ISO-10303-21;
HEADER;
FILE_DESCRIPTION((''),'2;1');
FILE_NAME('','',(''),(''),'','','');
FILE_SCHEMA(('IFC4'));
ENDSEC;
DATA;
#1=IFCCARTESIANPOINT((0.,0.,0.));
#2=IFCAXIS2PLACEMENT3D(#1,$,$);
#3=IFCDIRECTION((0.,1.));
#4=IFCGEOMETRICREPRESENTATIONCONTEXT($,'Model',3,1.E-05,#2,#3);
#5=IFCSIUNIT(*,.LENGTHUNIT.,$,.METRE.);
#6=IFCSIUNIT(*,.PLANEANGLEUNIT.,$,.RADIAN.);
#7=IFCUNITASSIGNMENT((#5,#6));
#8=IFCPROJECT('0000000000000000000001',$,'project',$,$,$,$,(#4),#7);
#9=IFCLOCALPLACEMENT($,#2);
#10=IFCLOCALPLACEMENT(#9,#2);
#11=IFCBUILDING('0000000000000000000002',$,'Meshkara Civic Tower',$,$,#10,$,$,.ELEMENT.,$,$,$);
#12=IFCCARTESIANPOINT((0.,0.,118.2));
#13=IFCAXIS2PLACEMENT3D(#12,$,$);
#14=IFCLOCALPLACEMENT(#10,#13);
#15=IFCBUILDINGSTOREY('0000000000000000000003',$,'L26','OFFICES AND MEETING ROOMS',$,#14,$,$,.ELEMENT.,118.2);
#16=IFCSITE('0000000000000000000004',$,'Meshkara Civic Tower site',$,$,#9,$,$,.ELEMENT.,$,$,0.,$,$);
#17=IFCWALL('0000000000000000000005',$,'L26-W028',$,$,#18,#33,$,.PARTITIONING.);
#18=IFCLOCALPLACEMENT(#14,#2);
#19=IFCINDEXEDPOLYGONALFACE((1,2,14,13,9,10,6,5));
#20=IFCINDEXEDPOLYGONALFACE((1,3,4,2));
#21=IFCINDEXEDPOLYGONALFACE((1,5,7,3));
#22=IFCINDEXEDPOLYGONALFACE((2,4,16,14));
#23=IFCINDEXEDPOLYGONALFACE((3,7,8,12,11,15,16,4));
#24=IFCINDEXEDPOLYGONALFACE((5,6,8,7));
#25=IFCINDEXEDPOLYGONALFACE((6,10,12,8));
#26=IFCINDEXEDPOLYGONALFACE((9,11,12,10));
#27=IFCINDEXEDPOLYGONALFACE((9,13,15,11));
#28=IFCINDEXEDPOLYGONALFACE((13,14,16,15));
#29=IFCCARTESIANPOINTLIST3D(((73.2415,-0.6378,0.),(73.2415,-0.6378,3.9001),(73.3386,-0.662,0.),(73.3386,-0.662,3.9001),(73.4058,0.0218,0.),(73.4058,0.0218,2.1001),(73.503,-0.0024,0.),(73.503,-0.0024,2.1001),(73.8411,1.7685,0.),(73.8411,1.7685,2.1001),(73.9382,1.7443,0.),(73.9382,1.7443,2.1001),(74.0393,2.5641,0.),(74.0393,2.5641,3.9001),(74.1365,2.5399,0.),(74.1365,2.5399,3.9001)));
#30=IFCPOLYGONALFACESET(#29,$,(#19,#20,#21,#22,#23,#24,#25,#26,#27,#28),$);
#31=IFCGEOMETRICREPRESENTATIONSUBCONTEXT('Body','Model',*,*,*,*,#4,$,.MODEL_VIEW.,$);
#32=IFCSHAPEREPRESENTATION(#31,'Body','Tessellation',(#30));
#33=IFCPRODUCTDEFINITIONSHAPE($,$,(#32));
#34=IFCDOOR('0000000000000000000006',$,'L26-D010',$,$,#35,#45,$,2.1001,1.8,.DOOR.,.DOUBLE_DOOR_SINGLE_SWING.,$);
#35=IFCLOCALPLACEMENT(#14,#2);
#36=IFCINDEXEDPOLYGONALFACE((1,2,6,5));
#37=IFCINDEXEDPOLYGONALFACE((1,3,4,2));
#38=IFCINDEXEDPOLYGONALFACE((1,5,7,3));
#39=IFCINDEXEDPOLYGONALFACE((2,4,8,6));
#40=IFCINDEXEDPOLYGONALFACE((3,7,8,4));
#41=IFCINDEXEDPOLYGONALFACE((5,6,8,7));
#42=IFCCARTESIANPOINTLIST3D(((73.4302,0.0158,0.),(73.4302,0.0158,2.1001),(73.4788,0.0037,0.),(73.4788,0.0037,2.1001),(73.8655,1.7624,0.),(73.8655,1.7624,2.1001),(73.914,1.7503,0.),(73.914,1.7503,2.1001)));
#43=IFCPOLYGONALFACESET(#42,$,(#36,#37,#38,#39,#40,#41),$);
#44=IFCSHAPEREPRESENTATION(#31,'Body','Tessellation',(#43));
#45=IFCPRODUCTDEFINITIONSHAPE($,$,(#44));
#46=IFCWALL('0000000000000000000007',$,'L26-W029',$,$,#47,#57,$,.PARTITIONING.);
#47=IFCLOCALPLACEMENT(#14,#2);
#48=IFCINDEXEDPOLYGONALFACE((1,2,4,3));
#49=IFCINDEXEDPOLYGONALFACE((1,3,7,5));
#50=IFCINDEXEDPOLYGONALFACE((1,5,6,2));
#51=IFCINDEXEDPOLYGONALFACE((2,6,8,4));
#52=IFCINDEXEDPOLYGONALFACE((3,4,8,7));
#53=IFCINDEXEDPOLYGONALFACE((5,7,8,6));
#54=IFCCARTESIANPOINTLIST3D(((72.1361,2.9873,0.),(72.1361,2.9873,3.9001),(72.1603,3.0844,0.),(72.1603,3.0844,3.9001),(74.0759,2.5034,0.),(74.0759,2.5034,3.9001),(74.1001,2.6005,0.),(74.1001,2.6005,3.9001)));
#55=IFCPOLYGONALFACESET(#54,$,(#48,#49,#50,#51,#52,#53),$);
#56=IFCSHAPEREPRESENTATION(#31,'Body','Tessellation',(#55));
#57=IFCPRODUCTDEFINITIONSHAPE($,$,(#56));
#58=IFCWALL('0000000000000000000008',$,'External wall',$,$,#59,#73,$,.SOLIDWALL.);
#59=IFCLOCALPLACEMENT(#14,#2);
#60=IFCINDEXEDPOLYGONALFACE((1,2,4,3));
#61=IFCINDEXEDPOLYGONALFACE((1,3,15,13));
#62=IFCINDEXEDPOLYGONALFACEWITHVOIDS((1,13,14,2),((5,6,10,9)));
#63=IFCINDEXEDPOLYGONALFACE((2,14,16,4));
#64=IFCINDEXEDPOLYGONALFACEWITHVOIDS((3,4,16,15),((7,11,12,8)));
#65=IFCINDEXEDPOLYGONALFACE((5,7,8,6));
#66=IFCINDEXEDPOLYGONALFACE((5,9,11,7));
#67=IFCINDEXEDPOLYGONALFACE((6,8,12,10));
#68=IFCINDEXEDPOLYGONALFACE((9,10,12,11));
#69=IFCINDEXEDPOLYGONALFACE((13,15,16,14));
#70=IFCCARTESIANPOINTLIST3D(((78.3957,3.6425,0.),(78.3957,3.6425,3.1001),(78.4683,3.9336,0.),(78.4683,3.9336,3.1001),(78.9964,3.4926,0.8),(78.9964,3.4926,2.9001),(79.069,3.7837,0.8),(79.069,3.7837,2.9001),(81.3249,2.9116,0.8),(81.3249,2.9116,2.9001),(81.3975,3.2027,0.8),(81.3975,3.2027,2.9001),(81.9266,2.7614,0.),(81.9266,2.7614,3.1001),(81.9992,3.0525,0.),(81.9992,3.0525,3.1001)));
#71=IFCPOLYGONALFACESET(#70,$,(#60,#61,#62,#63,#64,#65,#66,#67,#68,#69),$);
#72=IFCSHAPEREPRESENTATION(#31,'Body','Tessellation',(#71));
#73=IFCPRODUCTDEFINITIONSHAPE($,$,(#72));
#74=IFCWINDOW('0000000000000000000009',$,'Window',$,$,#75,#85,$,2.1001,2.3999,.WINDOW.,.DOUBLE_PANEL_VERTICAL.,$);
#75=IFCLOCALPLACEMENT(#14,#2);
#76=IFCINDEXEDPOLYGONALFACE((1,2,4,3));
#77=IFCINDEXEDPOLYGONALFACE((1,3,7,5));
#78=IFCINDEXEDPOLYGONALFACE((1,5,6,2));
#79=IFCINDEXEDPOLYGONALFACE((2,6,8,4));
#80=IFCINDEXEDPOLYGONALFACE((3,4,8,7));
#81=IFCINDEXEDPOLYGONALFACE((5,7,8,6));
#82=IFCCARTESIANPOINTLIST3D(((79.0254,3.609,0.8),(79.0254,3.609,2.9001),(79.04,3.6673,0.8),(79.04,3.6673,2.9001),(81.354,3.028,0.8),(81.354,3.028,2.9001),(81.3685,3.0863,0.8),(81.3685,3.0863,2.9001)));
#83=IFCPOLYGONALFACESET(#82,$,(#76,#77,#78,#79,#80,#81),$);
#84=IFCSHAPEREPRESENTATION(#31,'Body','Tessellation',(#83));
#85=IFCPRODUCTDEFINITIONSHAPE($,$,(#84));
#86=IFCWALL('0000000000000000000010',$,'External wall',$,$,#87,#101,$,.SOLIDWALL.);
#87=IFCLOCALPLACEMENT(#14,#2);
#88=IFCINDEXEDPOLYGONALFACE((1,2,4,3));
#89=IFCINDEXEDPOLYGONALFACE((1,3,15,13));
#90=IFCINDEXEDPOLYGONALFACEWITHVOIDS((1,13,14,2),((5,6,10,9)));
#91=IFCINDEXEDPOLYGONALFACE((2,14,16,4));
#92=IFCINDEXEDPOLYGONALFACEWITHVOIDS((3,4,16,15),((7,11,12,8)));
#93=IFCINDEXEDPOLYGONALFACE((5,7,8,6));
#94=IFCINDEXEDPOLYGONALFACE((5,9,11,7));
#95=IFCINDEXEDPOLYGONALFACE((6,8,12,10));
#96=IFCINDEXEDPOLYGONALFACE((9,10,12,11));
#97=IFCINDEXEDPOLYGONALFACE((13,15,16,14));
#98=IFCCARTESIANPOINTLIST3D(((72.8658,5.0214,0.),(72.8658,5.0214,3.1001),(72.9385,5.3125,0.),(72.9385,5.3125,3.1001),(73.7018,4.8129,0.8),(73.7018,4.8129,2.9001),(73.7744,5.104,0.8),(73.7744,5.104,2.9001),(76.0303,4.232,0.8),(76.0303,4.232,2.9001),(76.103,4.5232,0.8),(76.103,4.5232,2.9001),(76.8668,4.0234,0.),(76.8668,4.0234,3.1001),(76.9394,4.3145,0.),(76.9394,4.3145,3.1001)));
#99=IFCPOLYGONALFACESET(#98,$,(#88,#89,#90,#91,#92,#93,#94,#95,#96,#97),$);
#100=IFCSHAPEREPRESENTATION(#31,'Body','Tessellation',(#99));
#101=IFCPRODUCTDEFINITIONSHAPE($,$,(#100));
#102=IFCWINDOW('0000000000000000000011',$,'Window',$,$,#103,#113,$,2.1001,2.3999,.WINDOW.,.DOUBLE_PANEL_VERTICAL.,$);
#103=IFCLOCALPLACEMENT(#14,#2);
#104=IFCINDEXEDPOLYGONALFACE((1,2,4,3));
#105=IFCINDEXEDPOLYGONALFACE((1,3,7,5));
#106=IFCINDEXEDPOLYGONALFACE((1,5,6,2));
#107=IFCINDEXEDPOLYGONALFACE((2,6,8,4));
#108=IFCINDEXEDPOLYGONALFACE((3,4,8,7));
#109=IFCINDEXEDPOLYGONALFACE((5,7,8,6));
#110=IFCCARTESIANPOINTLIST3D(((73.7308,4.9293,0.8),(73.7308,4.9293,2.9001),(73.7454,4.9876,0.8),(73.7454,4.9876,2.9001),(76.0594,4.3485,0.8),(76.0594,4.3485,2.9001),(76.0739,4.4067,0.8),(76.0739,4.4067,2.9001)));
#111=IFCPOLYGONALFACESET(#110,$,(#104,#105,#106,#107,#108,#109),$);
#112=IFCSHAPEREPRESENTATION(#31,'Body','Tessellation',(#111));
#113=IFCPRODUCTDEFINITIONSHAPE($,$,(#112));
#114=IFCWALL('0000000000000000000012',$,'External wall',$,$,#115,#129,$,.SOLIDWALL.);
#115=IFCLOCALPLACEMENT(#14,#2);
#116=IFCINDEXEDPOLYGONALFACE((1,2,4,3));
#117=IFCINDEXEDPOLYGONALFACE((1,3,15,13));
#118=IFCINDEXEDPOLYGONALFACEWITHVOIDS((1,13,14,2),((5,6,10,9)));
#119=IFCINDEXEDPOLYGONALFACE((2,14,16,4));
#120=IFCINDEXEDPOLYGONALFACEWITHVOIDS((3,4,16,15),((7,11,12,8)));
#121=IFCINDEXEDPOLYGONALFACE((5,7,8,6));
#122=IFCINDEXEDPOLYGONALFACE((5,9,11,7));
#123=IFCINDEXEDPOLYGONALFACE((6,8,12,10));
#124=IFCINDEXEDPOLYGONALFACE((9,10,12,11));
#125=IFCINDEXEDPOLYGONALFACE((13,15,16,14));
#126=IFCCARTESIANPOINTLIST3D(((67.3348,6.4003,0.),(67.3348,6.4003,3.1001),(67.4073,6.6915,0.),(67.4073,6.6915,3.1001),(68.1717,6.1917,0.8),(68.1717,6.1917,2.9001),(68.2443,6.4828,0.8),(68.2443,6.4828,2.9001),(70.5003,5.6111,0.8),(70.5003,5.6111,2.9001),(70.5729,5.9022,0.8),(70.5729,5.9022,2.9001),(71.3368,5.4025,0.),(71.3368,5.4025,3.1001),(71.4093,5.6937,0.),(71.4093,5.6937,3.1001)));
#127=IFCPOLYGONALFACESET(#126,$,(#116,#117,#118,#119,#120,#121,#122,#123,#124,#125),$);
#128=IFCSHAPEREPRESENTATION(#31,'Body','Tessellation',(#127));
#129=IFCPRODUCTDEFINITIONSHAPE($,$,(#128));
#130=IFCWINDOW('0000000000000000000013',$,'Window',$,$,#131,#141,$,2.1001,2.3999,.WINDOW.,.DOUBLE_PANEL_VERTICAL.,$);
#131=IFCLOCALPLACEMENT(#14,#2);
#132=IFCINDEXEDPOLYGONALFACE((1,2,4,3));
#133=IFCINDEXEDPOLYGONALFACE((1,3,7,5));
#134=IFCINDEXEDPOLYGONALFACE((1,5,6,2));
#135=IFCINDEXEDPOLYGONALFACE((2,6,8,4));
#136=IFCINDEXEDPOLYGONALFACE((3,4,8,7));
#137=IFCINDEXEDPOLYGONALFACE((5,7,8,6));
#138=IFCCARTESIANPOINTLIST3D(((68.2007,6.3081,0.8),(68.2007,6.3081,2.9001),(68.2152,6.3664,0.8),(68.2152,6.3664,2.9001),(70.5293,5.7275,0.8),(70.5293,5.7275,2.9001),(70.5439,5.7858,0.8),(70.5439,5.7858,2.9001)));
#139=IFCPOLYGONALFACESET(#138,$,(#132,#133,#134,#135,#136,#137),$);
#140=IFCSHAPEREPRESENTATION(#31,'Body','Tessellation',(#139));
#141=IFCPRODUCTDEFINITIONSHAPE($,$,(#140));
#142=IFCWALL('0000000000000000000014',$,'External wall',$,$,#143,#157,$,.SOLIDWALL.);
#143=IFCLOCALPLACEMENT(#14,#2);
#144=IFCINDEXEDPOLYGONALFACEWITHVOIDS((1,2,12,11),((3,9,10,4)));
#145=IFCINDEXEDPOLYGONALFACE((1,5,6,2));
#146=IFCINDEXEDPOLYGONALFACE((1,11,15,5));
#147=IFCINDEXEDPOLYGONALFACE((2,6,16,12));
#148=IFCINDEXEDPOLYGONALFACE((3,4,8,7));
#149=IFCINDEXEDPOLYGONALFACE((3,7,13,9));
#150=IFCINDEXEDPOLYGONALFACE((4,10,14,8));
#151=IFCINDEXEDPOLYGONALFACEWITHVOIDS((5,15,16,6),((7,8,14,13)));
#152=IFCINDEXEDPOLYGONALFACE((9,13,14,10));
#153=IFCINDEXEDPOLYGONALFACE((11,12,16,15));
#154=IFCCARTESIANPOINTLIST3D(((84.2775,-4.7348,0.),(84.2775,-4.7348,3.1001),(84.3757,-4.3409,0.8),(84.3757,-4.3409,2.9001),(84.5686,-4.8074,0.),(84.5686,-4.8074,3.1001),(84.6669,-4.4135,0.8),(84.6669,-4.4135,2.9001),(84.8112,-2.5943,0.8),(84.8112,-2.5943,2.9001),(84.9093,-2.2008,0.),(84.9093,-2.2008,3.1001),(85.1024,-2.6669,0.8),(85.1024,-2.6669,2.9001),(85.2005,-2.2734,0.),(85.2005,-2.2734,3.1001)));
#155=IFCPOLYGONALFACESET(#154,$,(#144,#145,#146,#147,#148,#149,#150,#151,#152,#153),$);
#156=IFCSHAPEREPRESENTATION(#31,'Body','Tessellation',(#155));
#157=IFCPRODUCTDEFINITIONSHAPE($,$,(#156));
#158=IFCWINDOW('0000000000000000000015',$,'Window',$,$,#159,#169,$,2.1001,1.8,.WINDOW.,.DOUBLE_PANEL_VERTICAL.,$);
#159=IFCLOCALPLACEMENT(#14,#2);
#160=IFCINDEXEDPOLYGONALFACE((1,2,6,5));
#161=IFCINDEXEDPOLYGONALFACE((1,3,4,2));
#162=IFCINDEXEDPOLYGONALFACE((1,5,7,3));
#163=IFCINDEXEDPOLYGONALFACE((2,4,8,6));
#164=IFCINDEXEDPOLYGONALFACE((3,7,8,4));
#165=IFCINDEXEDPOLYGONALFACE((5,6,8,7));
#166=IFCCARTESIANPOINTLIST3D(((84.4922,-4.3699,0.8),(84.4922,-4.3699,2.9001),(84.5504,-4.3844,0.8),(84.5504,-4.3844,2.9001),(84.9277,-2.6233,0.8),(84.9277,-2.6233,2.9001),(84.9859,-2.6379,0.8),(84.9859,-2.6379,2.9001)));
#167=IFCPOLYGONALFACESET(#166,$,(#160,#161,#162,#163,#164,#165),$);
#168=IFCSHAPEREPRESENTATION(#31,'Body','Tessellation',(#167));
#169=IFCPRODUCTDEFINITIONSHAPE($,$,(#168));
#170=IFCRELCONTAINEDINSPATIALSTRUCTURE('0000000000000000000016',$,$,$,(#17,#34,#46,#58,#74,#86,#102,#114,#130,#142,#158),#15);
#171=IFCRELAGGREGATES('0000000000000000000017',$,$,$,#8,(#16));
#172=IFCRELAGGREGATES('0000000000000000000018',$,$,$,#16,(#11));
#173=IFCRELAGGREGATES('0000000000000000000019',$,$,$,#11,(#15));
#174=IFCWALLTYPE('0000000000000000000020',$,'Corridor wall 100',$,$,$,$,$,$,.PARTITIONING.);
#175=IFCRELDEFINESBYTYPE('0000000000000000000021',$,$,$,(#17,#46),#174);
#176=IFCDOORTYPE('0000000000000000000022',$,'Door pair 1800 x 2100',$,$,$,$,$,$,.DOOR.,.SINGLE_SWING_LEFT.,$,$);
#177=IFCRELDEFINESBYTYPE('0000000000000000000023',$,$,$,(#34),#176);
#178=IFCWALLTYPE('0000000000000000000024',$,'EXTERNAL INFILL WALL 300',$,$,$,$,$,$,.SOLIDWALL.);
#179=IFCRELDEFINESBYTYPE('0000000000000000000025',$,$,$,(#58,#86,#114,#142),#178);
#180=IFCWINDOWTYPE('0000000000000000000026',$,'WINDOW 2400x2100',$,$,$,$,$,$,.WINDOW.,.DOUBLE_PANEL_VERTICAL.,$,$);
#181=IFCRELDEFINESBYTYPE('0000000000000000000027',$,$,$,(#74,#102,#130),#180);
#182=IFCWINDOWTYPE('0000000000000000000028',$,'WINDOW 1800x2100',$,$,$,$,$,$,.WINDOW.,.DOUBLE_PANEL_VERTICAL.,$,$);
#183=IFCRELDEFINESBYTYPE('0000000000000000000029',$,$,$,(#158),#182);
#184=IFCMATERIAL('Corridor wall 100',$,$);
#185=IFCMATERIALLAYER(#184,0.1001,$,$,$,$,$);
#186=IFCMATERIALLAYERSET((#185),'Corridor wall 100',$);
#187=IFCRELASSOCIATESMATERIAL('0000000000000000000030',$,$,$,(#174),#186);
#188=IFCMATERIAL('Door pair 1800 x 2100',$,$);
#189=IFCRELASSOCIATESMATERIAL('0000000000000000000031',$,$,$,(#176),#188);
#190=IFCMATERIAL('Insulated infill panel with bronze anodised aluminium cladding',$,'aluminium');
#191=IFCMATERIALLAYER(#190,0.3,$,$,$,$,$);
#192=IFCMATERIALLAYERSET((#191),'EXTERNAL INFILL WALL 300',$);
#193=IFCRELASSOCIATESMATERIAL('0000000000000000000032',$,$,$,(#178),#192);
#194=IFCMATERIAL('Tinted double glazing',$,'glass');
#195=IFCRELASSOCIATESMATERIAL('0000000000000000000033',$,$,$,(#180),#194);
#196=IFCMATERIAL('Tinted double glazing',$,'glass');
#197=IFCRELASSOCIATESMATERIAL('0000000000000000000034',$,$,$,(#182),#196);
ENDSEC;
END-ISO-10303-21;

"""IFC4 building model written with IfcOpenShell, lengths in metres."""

from ifc_helpers import new_model, si_unit, direction, frame, frame_2d, origin, place, context, subcontext, project, spatial, rectangle, extrude, material, layer, layer_set, type_object, element, fill, save


model = new_model("IFC4")

# Units and contexts
model_context = context("Model", 3, precision=1e-05, world=origin(), true_north=direction((0.0, 1.0)))
body_context = subcontext(model_context, "Body", "Model", "MODEL_VIEW")
ifc_project = project(units=[si_unit("LENGTHUNIT", "METRE"), si_unit("PLANEANGLEUNIT", "RADIAN")], contexts=[model_context])

# Site, building, storey
site_placement = place(None, origin())
site = spatial("IfcSite", under=ifc_project, at=site_placement, Name="Meshkara Civic Tower site", CompositionType="ELEMENT", RefElevation=0.0)
building_placement = place(site_placement, origin())
building = spatial("IfcBuilding", under=site, at=building_placement, Name="Meshkara Civic Tower", CompositionType="ELEMENT")
storey_placement = place(building_placement, frame((0.0, 0.0, 118.2)))
storey = spatial("IfcBuildingStorey", under=building, at=storey_placement, Name="L26", Description="OFFICES AND MEETING ROOMS", CompositionType="ELEMENT", Elevation=118.2)

# Wall, opening, door
ifc_material_1 = material(Name="Corridor wall 100")
ifc_layer_1 = layer(ifc_material_1, 0.1001)
ifc_layer_set_1 = layer_set([ifc_layer_1], Name="Corridor wall 100")
wall_type_1 = type_object("IfcWallType", Name="Corridor wall 100", PredefinedType="PARTITIONING", material=ifc_layer_set_1)
wall_1_placement = place(storey_placement, frame((73.29, -0.6499, 0.0), z_axis=(0.0, 0.0, 1.0), x_axis=(0.241787, 0.970329, 0.0)))
wall_1 = element("IfcWall", 1, at=wall_1_placement, inside=storey, type_object=wall_type_1, Name="L26-W028", PredefinedType="PARTITIONING", context=body_context, shape_type="SweptSolid", body=[
    extrude(rectangle(XDim=3.2998, YDim=0.1001, at=frame_2d((1.6499, 0.0))), origin(), (0.0, 0.0, 1.0), 3.9001),
])
opening_1_placement = place(wall_1_placement, frame((0.6799, 0.0, 0.0)))
opening_1 = element("IfcOpeningElement", 2, at=opening_1_placement, cuts=wall_1, PredefinedType="OPENING", context=body_context, shape_type="SweptSolid", body=[
    extrude(rectangle(XDim=1.8, YDim=2.1001, at=frame_2d((0.8999, 1.05))), frame((0.0, 0.0601, 0.0), z_axis=(0.0, -1.0, 0.0), x_axis=(1.0, 0.0, 0.0)), (0.0, 0.0, 1.0), 0.1201),
])
ifc_material_2 = material(Name="Door pair 1800 x 2100")
door_type_1 = type_object("IfcDoorType", Name="Door pair 1800 x 2100", OperationType="SINGLE_SWING_LEFT", PredefinedType="DOOR", material=ifc_material_2)
door_1_placement = place(opening_1_placement, origin())
door_1 = element("IfcDoor", 3, at=door_1_placement, inside=storey, type_object=door_type_1, Name="L26-D010", OperationType="DOUBLE_DOOR_SINGLE_SWING", OverallHeight=2.1001, OverallWidth=1.8, PredefinedType="DOOR", context=body_context, shape_type="SweptSolid", body=[
    extrude(rectangle(XDim=1.8, YDim=2.1001, at=frame_2d((0.8999, 1.05))), frame((0.0, 0.0249, 0.0), z_axis=(0.0, -1.0, 0.0), x_axis=(1.0, 0.0, 0.0)), (0.0, 0.0, 1.0), 0.05),
])
fill(opening_1, door_1)

# Wall
wall_2_placement = place(storey_placement, frame((74.0879, 2.552, 0.0), z_axis=(0.0, 0.0, 1.0), x_axis=(-0.970272, 0.242018, 0.0)))
element("IfcWall", 4, at=wall_2_placement, inside=storey, type_object=wall_type_1, Name="L26-W029", PredefinedType="PARTITIONING", context=body_context, shape_type="SweptSolid", body=[
    extrude(rectangle(XDim=1.9993, YDim=0.1001, at=frame_2d((0.9995, 0.0))), origin(), (0.0, 0.0, 1.0), 3.9001),
])

# Walls, openings, windows
ifc_material_3 = material(Name="Insulated infill panel with bronze anodised aluminium cladding", Category="aluminium")
ifc_layer_2 = layer(ifc_material_3, 0.3)
ifc_layer_set_2 = layer_set([ifc_layer_2], Name="EXTERNAL INFILL WALL 300")
wall_type_2 = type_object("IfcWallType", Name="EXTERNAL INFILL WALL 300", PredefinedType="SOLIDWALL", material=ifc_layer_set_2)
wall_3_placement = place(storey_placement, frame((81.9629, 2.907, 0.0), z_axis=(0.0, 0.0, 1.0), x_axis=(-0.970249, 0.242109, 0.0)))
wall_3 = element("IfcWall", 5, at=wall_3_placement, inside=storey, type_object=wall_type_2, Name="External wall", PredefinedType="SOLIDWALL", context=body_context, shape_type="SweptSolid", body=[
    extrude(rectangle(XDim=3.6392, YDim=0.3, at=frame_2d((1.8196, 0.0))), origin(), (0.0, 0.0, 1.0), 3.1001),
])
opening_2_placement = place(wall_3_placement, frame((0.6201, 0.0, 0.8)))
opening_2 = element("IfcOpeningElement", 6, at=opening_2_placement, cuts=wall_3, PredefinedType="OPENING", context=body_context, shape_type="SweptSolid", body=[
    extrude(rectangle(XDim=2.3999, YDim=2.1001, at=frame_2d((1.2, 1.05))), frame((0.0, 0.1599, 0.0), z_axis=(0.0, -1.0, 0.0), x_axis=(1.0, 0.0, 0.0)), (0.0, 0.0, 1.0), 0.3201),
])
ifc_material_4 = material(Name="Tinted double glazing", Category="glass")
window_type_1 = type_object("IfcWindowType", Name="WINDOW 2400x2100", PartitioningType="DOUBLE_PANEL_VERTICAL", PredefinedType="WINDOW", material=ifc_material_4)
window_1_placement = place(opening_2_placement, origin())
window_1 = element("IfcWindow", 7, at=window_1_placement, inside=storey, type_object=window_type_1, Name="Window", OverallHeight=2.1001, OverallWidth=2.3999, PartitioningType="DOUBLE_PANEL_VERTICAL", PredefinedType="WINDOW", context=body_context, shape_type="SweptSolid", body=[
    extrude(rectangle(XDim=2.3999, YDim=2.1001, at=frame_2d((1.2, 1.05))), frame((0.0, 0.03, 0.0), z_axis=(0.0, -1.0, 0.0), x_axis=(1.0, 0.0, 0.0)), (0.0, 0.0, 1.0), 0.0601),
])
fill(opening_2, window_1)
wall_4_placement = place(storey_placement, frame((76.9031, 4.1689, 0.0), z_axis=(0.0, 0.0, 1.0), x_axis=(-0.970268, 0.242034, 0.0)))
wall_4 = element("IfcWall", 8, at=wall_4_placement, inside=storey, type_object=wall_type_2, Name="External wall", PredefinedType="SOLIDWALL", context=body_context, shape_type="SweptSolid", body=[
    extrude(rectangle(XDim=4.1235, YDim=0.3, at=frame_2d((2.0618, 0.0))), origin(), (0.0, 0.0, 1.0), 3.1001),
])
opening_3_placement = place(wall_4_placement, frame((0.8621, 0.0, 0.8)))
opening_3 = element("IfcOpeningElement", 9, at=opening_3_placement, cuts=wall_4, PredefinedType="OPENING", context=body_context, shape_type="SweptSolid", body=[
    extrude(rectangle(XDim=2.3999, YDim=2.1001, at=frame_2d((1.2, 1.05))), frame((0.0, 0.1599, 0.0), z_axis=(0.0, -1.0, 0.0), x_axis=(1.0, 0.0, 0.0)), (0.0, 0.0, 1.0), 0.3201),
])
window_2_placement = place(opening_3_placement, origin())
window_2 = element("IfcWindow", 10, at=window_2_placement, inside=storey, type_object=window_type_1, Name="Window", OverallHeight=2.1001, OverallWidth=2.3999, PartitioningType="DOUBLE_PANEL_VERTICAL", PredefinedType="WINDOW", context=body_context, shape_type="SweptSolid", body=[
    extrude(rectangle(XDim=2.3999, YDim=2.1001, at=frame_2d((1.2, 1.05))), frame((0.0, 0.03, 0.0), z_axis=(0.0, -1.0, 0.0), x_axis=(1.0, 0.0, 0.0)), (0.0, 0.0, 1.0), 0.0601),
])
fill(opening_3, window_2)
wall_5_placement = place(storey_placement, frame((71.373, 5.5481, 0.0), z_axis=(0.0, 0.0, 1.0), x_axis=(-0.970296, 0.241923, 0.0)))
wall_5 = element("IfcWall", 11, at=wall_5_placement, inside=storey, type_object=wall_type_2, Name="External wall", PredefinedType="SOLIDWALL", context=body_context, shape_type="SweptSolid", body=[
    extrude(rectangle(XDim=4.1245, YDim=0.3, at=frame_2d((2.0623, 0.0))), origin(), (0.0, 0.0, 1.0), 3.1001),
])
opening_4_placement = place(wall_5_placement, frame((0.8621, 0.0, 0.8)))
opening_4 = element("IfcOpeningElement", 12, at=opening_4_placement, cuts=wall_5, PredefinedType="OPENING", context=body_context, shape_type="SweptSolid", body=[
    extrude(rectangle(XDim=2.3999, YDim=2.1001, at=frame_2d((1.2, 1.05))), frame((0.0, 0.1599, 0.0), z_axis=(0.0, -1.0, 0.0), x_axis=(1.0, 0.0, 0.0)), (0.0, 0.0, 1.0), 0.3201),
])
window_3_placement = place(opening_4_placement, origin())
window_3 = element("IfcWindow", 13, at=window_3_placement, inside=storey, type_object=window_type_1, Name="Window", OverallHeight=2.1001, OverallWidth=2.3999, PartitioningType="DOUBLE_PANEL_VERTICAL", PredefinedType="WINDOW", context=body_context, shape_type="SweptSolid", body=[
    extrude(rectangle(XDim=2.3999, YDim=2.1001, at=frame_2d((1.2, 1.05))), frame((0.0, 0.03, 0.0), z_axis=(0.0, -1.0, 0.0), x_axis=(1.0, 0.0, 0.0)), (0.0, 0.0, 1.0), 0.0601),
])
fill(opening_4, window_3)
wall_6_placement = place(storey_placement, frame((84.4231, -4.771, 0.0), z_axis=(0.0, 0.0, 1.0), x_axis=(0.241942, 0.970291, 0.0)))
wall_6 = element("IfcWall", 14, at=wall_6_placement, inside=storey, type_object=wall_type_2, Name="External wall", PredefinedType="SOLIDWALL", context=body_context, shape_type="SweptSolid", body=[
    extrude(rectangle(XDim=2.6116, YDim=0.3, at=frame_2d((1.3057, 0.0))), origin(), (0.0, 0.0, 1.0), 3.1001),
])
opening_5_placement = place(wall_6_placement, frame((0.406, 0.0, 0.8)))
opening_5 = element("IfcOpeningElement", 15, at=opening_5_placement, cuts=wall_6, PredefinedType="OPENING", context=body_context, shape_type="SweptSolid", body=[
    extrude(rectangle(XDim=1.8, YDim=2.1001, at=frame_2d((0.8999, 1.05))), frame((0.0, 0.1599, 0.0), z_axis=(0.0, -1.0, 0.0), x_axis=(1.0, 0.0, 0.0)), (0.0, 0.0, 1.0), 0.3201),
])
ifc_material_5 = material(Name="Tinted double glazing", Category="glass")
window_type_2 = type_object("IfcWindowType", Name="WINDOW 1800x2100", PartitioningType="DOUBLE_PANEL_VERTICAL", PredefinedType="WINDOW", material=ifc_material_5)
window_4_placement = place(opening_5_placement, origin())
window_4 = element("IfcWindow", 16, at=window_4_placement, inside=storey, type_object=window_type_2, Name="Window", OverallHeight=2.1001, OverallWidth=1.8, PartitioningType="DOUBLE_PANEL_VERTICAL", PredefinedType="WINDOW", context=body_context, shape_type="SweptSolid", body=[
    extrude(rectangle(XDim=1.8, YDim=2.1001, at=frame_2d((0.8999, 1.05))), frame((0.0, 0.03, 0.0), z_axis=(0.0, -1.0, 0.0), x_axis=(1.0, 0.0, 0.0)), (0.0, 0.0, 1.0), 0.0601),
])
fill(opening_5, window_4)

save(model, "model.ifc")
